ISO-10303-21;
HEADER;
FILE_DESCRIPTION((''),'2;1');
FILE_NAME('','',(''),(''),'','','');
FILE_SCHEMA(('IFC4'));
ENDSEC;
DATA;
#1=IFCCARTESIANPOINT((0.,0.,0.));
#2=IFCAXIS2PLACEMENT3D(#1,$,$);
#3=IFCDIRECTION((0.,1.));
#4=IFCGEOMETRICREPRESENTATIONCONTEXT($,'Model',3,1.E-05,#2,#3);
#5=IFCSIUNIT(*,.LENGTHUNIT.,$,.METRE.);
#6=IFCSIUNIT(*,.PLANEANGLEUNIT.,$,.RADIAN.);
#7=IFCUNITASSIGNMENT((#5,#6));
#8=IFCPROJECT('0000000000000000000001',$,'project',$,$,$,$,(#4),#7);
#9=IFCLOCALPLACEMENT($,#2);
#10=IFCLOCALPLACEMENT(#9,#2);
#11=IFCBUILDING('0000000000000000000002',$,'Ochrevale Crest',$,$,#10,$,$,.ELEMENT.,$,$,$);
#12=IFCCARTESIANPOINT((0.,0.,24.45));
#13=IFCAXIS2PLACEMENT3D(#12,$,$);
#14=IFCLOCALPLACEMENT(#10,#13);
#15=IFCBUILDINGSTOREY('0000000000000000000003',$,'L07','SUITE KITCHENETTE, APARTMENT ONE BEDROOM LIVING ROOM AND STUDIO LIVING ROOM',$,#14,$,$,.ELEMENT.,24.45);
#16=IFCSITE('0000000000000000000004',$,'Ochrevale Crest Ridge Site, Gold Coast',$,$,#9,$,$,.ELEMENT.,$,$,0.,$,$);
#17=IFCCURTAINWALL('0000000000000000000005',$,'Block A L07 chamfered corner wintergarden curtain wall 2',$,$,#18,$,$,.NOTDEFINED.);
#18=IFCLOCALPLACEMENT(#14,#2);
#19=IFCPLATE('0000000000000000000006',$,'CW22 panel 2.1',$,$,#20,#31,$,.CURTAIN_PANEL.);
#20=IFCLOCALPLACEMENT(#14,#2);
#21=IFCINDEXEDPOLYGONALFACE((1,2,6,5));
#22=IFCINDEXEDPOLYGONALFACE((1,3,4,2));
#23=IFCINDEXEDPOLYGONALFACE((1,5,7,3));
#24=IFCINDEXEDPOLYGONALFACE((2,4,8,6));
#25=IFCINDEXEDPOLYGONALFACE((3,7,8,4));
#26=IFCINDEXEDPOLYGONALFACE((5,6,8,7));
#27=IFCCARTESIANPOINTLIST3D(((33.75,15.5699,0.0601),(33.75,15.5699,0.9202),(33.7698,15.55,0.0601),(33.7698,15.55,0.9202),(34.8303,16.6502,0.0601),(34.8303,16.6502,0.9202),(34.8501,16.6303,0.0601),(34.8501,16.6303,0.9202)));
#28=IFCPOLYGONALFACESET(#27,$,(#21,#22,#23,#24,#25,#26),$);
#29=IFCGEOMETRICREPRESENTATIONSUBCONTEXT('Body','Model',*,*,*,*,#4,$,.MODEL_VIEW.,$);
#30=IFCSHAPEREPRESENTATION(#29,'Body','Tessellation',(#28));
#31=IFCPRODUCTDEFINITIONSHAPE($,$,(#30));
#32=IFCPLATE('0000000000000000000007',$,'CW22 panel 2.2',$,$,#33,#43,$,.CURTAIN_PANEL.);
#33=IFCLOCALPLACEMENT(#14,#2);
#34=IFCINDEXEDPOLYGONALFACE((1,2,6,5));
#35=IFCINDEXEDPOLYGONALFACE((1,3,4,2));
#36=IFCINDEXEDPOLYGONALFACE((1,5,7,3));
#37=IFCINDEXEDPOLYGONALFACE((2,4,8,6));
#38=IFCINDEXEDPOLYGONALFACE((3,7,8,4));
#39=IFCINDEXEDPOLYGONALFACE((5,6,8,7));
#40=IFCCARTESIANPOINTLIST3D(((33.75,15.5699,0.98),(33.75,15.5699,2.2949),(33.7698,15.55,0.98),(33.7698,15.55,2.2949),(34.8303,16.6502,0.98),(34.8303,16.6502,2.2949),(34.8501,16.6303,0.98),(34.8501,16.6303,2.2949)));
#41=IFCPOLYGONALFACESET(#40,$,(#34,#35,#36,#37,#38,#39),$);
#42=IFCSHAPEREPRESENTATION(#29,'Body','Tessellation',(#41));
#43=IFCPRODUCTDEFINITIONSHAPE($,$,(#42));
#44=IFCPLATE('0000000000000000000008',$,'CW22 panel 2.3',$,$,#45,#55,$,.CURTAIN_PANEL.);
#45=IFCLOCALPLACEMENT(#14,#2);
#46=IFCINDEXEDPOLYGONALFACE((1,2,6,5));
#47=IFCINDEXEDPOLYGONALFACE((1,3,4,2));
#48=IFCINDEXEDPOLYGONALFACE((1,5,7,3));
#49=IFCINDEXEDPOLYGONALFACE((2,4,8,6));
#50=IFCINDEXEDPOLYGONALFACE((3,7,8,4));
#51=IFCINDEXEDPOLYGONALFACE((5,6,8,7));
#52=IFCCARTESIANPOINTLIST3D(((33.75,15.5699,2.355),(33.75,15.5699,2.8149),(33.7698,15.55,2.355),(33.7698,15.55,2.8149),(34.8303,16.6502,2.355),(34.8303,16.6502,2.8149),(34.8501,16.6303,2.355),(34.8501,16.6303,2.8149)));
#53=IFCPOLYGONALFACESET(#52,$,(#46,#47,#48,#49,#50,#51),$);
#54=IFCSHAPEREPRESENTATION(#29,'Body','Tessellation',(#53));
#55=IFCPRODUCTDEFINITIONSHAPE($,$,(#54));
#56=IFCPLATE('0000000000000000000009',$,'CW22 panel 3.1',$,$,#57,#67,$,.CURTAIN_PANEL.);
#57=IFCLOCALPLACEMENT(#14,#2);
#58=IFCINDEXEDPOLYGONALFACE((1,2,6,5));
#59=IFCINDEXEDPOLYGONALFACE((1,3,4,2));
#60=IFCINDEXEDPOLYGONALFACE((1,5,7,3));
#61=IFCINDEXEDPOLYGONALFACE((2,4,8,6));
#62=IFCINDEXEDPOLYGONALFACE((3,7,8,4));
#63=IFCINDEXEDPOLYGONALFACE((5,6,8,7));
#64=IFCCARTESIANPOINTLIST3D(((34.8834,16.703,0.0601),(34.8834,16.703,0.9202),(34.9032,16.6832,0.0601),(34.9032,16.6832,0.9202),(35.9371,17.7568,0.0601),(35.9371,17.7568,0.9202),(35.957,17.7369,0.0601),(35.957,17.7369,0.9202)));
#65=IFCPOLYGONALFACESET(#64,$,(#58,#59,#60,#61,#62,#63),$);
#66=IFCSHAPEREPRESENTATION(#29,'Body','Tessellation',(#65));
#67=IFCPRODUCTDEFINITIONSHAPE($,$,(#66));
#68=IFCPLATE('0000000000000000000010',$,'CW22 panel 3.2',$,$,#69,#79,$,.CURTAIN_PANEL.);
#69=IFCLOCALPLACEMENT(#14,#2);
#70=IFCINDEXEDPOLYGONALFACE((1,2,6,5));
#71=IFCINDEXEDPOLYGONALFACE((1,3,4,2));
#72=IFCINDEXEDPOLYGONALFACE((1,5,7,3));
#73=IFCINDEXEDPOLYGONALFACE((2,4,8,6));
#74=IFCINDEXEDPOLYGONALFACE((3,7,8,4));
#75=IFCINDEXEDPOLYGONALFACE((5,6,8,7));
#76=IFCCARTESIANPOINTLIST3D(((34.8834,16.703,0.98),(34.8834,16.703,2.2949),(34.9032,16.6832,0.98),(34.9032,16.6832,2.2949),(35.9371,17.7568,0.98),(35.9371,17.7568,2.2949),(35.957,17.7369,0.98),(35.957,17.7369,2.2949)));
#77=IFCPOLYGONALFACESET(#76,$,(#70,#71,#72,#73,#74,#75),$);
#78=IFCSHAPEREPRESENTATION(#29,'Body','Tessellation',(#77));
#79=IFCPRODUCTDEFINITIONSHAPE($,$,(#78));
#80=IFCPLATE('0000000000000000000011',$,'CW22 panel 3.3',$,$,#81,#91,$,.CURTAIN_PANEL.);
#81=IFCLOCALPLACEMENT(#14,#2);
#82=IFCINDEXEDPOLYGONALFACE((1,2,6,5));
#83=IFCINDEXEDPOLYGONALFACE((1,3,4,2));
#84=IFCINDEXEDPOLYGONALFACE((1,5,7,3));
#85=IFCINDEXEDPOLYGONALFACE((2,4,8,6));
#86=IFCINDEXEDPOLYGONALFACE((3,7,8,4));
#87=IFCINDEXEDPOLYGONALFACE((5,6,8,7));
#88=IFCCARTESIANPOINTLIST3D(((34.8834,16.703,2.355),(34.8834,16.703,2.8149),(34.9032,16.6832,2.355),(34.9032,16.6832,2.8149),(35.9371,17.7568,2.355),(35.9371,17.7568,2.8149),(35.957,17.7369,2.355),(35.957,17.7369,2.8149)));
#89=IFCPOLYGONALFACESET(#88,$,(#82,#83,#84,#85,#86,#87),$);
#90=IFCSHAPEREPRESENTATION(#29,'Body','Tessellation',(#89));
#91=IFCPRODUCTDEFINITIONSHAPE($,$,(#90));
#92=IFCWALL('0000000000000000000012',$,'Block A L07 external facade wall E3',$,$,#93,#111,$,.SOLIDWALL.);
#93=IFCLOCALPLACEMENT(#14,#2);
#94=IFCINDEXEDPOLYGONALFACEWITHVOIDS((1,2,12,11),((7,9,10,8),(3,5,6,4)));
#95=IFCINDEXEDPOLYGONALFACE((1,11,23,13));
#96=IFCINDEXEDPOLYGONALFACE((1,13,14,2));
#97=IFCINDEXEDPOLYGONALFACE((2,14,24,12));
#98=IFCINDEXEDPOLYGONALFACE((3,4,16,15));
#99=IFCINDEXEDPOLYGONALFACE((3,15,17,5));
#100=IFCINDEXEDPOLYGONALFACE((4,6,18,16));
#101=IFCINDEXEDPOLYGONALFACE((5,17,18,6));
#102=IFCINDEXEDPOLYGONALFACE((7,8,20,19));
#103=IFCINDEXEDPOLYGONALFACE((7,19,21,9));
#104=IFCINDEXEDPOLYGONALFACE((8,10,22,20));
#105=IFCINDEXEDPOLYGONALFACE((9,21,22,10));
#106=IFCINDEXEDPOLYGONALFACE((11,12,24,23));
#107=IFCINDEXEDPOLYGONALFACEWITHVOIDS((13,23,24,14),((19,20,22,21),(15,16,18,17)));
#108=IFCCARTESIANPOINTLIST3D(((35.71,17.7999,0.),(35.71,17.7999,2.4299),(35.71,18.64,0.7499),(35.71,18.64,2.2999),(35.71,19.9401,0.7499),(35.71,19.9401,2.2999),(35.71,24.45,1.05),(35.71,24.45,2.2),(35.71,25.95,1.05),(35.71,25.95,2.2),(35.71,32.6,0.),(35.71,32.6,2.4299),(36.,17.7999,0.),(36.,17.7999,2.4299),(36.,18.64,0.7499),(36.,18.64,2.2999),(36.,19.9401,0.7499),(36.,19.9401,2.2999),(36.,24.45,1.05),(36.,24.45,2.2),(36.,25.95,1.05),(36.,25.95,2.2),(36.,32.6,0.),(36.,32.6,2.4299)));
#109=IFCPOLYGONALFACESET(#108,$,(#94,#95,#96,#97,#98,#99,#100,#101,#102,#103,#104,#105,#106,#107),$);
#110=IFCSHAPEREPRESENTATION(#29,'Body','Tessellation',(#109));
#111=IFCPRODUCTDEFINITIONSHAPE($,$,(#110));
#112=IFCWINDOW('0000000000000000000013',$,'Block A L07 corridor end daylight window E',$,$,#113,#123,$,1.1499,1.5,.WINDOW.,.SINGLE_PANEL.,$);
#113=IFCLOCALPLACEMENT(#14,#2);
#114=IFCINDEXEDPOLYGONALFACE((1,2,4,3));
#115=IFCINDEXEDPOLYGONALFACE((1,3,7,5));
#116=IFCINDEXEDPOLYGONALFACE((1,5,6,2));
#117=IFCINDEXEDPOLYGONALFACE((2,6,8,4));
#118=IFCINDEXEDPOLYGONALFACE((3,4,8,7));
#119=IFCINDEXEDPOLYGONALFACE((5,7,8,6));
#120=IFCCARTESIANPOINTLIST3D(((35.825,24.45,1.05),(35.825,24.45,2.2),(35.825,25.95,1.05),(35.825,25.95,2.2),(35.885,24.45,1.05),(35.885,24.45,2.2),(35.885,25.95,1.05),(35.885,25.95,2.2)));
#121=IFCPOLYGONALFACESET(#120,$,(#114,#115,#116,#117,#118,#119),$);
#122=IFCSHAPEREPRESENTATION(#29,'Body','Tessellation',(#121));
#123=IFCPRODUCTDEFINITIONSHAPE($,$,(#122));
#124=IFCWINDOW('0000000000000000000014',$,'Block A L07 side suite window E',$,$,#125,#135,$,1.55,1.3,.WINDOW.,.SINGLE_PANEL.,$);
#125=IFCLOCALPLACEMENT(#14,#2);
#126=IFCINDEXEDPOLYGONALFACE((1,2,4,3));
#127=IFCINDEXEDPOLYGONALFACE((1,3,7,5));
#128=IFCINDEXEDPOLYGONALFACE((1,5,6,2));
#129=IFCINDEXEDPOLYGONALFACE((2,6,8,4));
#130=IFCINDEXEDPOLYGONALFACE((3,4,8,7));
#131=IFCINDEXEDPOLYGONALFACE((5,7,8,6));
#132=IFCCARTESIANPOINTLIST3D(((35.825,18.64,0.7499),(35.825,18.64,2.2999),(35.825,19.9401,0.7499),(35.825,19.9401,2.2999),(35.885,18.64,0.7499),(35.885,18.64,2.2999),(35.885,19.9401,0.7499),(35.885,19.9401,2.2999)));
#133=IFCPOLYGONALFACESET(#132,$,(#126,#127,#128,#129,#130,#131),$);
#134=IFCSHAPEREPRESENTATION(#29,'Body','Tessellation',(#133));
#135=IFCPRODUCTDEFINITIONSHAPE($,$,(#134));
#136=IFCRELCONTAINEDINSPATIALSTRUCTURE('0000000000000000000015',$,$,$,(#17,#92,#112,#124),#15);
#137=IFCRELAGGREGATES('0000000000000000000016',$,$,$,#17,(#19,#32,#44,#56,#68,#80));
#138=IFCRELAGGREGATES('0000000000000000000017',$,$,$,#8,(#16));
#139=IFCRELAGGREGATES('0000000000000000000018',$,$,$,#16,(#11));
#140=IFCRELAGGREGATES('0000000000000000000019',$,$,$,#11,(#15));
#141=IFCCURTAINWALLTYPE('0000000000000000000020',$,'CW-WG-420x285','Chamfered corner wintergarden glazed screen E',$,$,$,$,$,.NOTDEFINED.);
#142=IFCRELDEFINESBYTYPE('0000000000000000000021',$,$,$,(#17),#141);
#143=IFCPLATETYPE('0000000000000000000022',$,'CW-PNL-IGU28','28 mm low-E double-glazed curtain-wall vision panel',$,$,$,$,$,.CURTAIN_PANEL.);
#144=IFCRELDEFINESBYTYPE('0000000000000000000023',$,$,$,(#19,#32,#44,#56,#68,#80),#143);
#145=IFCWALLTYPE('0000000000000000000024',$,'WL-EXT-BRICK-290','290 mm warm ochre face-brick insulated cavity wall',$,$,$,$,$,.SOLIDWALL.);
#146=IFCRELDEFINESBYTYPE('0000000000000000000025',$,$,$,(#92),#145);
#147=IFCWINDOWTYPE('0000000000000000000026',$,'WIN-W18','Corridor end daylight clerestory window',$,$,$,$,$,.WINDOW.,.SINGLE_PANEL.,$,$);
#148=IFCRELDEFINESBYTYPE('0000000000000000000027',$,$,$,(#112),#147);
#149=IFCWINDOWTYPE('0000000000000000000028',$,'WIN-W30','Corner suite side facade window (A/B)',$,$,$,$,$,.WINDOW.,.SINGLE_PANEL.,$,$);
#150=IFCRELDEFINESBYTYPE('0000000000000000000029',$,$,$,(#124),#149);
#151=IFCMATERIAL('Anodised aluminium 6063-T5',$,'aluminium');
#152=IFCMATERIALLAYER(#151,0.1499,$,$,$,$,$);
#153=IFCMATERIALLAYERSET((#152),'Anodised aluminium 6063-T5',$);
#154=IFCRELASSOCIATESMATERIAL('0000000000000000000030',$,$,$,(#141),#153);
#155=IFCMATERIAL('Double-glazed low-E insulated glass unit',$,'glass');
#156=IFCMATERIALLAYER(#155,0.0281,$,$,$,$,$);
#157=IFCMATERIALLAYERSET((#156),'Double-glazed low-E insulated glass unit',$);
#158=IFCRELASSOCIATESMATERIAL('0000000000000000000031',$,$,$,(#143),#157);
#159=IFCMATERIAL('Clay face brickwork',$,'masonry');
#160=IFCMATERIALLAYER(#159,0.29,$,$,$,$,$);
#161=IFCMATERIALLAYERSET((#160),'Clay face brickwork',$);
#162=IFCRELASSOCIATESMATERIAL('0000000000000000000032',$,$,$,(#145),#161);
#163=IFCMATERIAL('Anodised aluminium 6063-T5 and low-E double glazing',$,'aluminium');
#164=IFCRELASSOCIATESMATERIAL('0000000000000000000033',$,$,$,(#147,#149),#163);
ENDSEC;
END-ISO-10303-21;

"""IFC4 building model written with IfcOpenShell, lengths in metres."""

from ifc_helpers import new_model, si_unit, direction, frame, frame_2d, origin, origin_2d, place, context, subcontext, project, spatial, rectangle, extrude, material, layer, layer_set, type_object, element, fill, aggregate, save


model = new_model("IFC4")

# Units and contexts
model_context = context("Model", 3, precision=1e-05, world=origin(), true_north=direction((0.0, 1.0)))
body_context = subcontext(model_context, "Body", "Model", "MODEL_VIEW")
ifc_project = project(units=[si_unit("LENGTHUNIT", "METRE"), si_unit("PLANEANGLEUNIT", "RADIAN")], contexts=[model_context])

# Site, building, storey
site_placement = place(None, origin())
site = spatial("IfcSite", under=ifc_project, at=site_placement, Name="Ochrevale Crest Ridge Site, Gold Coast", CompositionType="ELEMENT", RefElevation=0.0)
building_placement = place(site_placement, origin())
building = spatial("IfcBuilding", under=site, at=building_placement, Name="Ochrevale Crest", CompositionType="ELEMENT")
storey_placement = place(building_placement, frame((0.0, 0.0, 24.45)))
storey = spatial("IfcBuildingStorey", under=building, at=storey_placement, Name="L07", Description="SUITE KITCHENETTE, APARTMENT ONE BEDROOM LIVING ROOM AND STUDIO LIVING ROOM", CompositionType="ELEMENT", Elevation=24.45)

# Curtain wall, plates
ifc_material_1 = material(Name="Anodised aluminium 6063-T5", Category="aluminium")
ifc_layer_1 = layer(ifc_material_1, 0.1499)
ifc_layer_set_1 = layer_set([ifc_layer_1], Name="Anodised aluminium 6063-T5")
curtain_wall_type = type_object("IfcCurtainWallType", Name="CW-WG-420x285", Description="Chamfered corner wintergarden glazed screen E", PredefinedType="NOTDEFINED", material=ifc_layer_set_1)
curtain_wall_placement = place(storey_placement, origin())
curtain_wall = element("IfcCurtainWall", 1, at=curtain_wall_placement, inside=storey, type_object=curtain_wall_type, Name="Block A L07 chamfered corner wintergarden curtain wall 2", PredefinedType="NOTDEFINED")
ifc_material_2 = material(Name="Double-glazed low-E insulated glass unit", Category="glass")
ifc_layer_2 = layer(ifc_material_2, 0.0281)
ifc_layer_set_2 = layer_set([ifc_layer_2], Name="Double-glazed low-E insulated glass unit")
plate_type = type_object("IfcPlateType", Name="CW-PNL-IGU28", Description="28 mm low-E double-glazed curtain-wall vision panel", PredefinedType="CURTAIN_PANEL", material=ifc_layer_set_2)
plate_1_placement = place(storey_placement, frame((34.3, 16.1001, 0.0601), z_axis=(0.0, 0.0, 1.0), x_axis=(0.707107, 0.707107, 0.0)))
plate_1 = element("IfcPlate", 2, at=plate_1_placement, type_object=plate_type, Name="CW22 panel 2.1", PredefinedType="CURTAIN_PANEL", context=body_context, shape_type="SweptSolid", body=[
    extrude(rectangle(XDim=1.5278, YDim=0.0281, at=origin_2d()), origin(), (0.0, 0.0, 1.0), 0.8601),
])
plate_2_placement = place(storey_placement, frame((34.3, 16.1001, 0.98), z_axis=(0.0, 0.0, 1.0), x_axis=(0.707107, 0.707107, 0.0)))
plate_2 = element("IfcPlate", 3, at=plate_2_placement, type_object=plate_type, Name="CW22 panel 2.2", PredefinedType="CURTAIN_PANEL", context=body_context, shape_type="SweptSolid", body=[
    extrude(rectangle(XDim=1.5278, YDim=0.0281, at=origin_2d()), origin(), (0.0, 0.0, 1.0), 1.3149),
])
plate_3_placement = place(storey_placement, frame((34.3, 16.1001, 2.355), z_axis=(0.0, 0.0, 1.0), x_axis=(0.707107, 0.707107, 0.0)))
plate_3 = element("IfcPlate", 4, at=plate_3_placement, type_object=plate_type, Name="CW22 panel 2.3", PredefinedType="CURTAIN_PANEL", context=body_context, shape_type="SweptSolid", body=[
    extrude(rectangle(XDim=1.5278, YDim=0.0281, at=origin_2d()), origin(), (0.0, 0.0, 1.0), 0.46),
])
plate_4_placement = place(storey_placement, frame((35.4202, 17.22, 0.0601), z_axis=(0.0, 0.0, 1.0), x_axis=(0.707107, 0.707107, 0.0)))
plate_4 = element("IfcPlate", 5, at=plate_4_placement, type_object=plate_type, Name="CW22 panel 3.1", PredefinedType="CURTAIN_PANEL", context=body_context, shape_type="SweptSolid", body=[
    extrude(rectangle(XDim=1.4902, YDim=0.0281, at=origin_2d()), origin(), (0.0, 0.0, 1.0), 0.8601),
])
plate_5_placement = place(storey_placement, frame((35.4202, 17.22, 0.98), z_axis=(0.0, 0.0, 1.0), x_axis=(0.707107, 0.707107, 0.0)))
plate_5 = element("IfcPlate", 6, at=plate_5_placement, type_object=plate_type, Name="CW22 panel 3.2", PredefinedType="CURTAIN_PANEL", context=body_context, shape_type="SweptSolid", body=[
    extrude(rectangle(XDim=1.4902, YDim=0.0281, at=origin_2d()), origin(), (0.0, 0.0, 1.0), 1.3149),
])
plate_6_placement = place(storey_placement, frame((35.4202, 17.22, 2.355), z_axis=(0.0, 0.0, 1.0), x_axis=(0.707107, 0.707107, 0.0)))
plate_6 = element("IfcPlate", 7, at=plate_6_placement, type_object=plate_type, Name="CW22 panel 3.3", PredefinedType="CURTAIN_PANEL", context=body_context, shape_type="SweptSolid", body=[
    extrude(rectangle(XDim=1.4902, YDim=0.0281, at=origin_2d()), origin(), (0.0, 0.0, 1.0), 0.46),
])
aggregate(curtain_wall, [plate_1, plate_2, plate_3, plate_4, plate_5, plate_6])

# Wall, openings, windows
ifc_material_3 = material(Name="Clay face brickwork", Category="masonry")
ifc_layer_3 = layer(ifc_material_3, 0.29)
ifc_layer_set_3 = layer_set([ifc_layer_3], Name="Clay face brickwork")
wall_type = type_object("IfcWallType", Name="WL-EXT-BRICK-290", Description="290 mm warm ochre face-brick insulated cavity wall", PredefinedType="SOLIDWALL", material=ifc_layer_set_3)
wall_placement = place(storey_placement, frame((35.855, 17.8, 0.0), z_axis=(0.0, 0.0, 1.0), x_axis=(0.0, 1.0, 0.0)))
wall = element("IfcWall", 8, at=wall_placement, inside=storey, type_object=wall_type, Name="Block A L07 external facade wall E3", PredefinedType="SOLIDWALL", context=body_context, shape_type="SweptSolid", body=[
    extrude(rectangle(XDim=14.8, YDim=0.29, at=frame_2d((7.3999, 0.0))), origin(), (0.0, 0.0, 1.0), 2.4299),
])
opening_1_placement = place(wall_placement, frame((6.6499, 0.0, 1.05)))
opening_1 = element("IfcOpeningElement", 9, at=opening_1_placement, cuts=wall, PredefinedType="OPENING", context=body_context, shape_type="SweptSolid", body=[
    extrude(rectangle(XDim=1.5, YDim=1.1499, at=frame_2d((0.75, 0.575))), frame((0.0, 0.155, 0.0), z_axis=(0.0, -1.0, 0.0), x_axis=(1.0, 0.0, 0.0)), (0.0, 0.0, 1.0), 0.3101),
])
opening_2_placement = place(wall_placement, frame((0.8401, 0.0, 0.75)))
opening_2 = element("IfcOpeningElement", 10, at=opening_2_placement, cuts=wall, PredefinedType="OPENING", context=body_context, shape_type="SweptSolid", body=[
    extrude(rectangle(XDim=1.3, YDim=1.55, at=frame_2d((0.6499, 0.7749))), frame((0.0, 0.155, 0.0), z_axis=(0.0, -1.0, 0.0), x_axis=(1.0, 0.0, 0.0)), (0.0, 0.0, 1.0), 0.3101),
])
ifc_material_4 = material(Name="Anodised aluminium 6063-T5 and low-E double glazing", Category="aluminium")
window_type_1 = type_object("IfcWindowType", Name="WIN-W18", Description="Corridor end daylight clerestory window", PartitioningType="SINGLE_PANEL", PredefinedType="WINDOW", material=ifc_material_4)
window_1_placement = place(opening_1_placement, origin())
window_1 = element("IfcWindow", 11, at=window_1_placement, inside=storey, type_object=window_type_1, Name="Block A L07 corridor end daylight window E", OverallHeight=1.1499, OverallWidth=1.5, PartitioningType="SINGLE_PANEL", PredefinedType="WINDOW", context=body_context, shape_type="SweptSolid", body=[
    extrude(rectangle(XDim=1.5, YDim=1.1499, at=frame_2d((0.75, 0.575))), frame((0.0, 0.03, 0.0), z_axis=(0.0, -1.0, 0.0), x_axis=(1.0, 0.0, 0.0)), (0.0, 0.0, 1.0), 0.0601),
])
fill(opening_1, window_1)
window_type_2 = type_object("IfcWindowType", Name="WIN-W30", Description="Corner suite side facade window (A/B)", PartitioningType="SINGLE_PANEL", PredefinedType="WINDOW", material=ifc_material_4)
window_2_placement = place(opening_2_placement, origin())
window_2 = element("IfcWindow", 12, at=window_2_placement, inside=storey, type_object=window_type_2, Name="Block A L07 side suite window E", OverallHeight=1.55, OverallWidth=1.3, PartitioningType="SINGLE_PANEL", PredefinedType="WINDOW", context=body_context, shape_type="SweptSolid", body=[
    extrude(rectangle(XDim=1.3, YDim=1.55, at=frame_2d((0.6499, 0.7749))), frame((0.0, 0.03, 0.0), z_axis=(0.0, -1.0, 0.0), x_axis=(1.0, 0.0, 0.0)), (0.0, 0.0, 1.0), 0.0601),
])
fill(opening_2, window_2)

save(model, "model.ifc")
